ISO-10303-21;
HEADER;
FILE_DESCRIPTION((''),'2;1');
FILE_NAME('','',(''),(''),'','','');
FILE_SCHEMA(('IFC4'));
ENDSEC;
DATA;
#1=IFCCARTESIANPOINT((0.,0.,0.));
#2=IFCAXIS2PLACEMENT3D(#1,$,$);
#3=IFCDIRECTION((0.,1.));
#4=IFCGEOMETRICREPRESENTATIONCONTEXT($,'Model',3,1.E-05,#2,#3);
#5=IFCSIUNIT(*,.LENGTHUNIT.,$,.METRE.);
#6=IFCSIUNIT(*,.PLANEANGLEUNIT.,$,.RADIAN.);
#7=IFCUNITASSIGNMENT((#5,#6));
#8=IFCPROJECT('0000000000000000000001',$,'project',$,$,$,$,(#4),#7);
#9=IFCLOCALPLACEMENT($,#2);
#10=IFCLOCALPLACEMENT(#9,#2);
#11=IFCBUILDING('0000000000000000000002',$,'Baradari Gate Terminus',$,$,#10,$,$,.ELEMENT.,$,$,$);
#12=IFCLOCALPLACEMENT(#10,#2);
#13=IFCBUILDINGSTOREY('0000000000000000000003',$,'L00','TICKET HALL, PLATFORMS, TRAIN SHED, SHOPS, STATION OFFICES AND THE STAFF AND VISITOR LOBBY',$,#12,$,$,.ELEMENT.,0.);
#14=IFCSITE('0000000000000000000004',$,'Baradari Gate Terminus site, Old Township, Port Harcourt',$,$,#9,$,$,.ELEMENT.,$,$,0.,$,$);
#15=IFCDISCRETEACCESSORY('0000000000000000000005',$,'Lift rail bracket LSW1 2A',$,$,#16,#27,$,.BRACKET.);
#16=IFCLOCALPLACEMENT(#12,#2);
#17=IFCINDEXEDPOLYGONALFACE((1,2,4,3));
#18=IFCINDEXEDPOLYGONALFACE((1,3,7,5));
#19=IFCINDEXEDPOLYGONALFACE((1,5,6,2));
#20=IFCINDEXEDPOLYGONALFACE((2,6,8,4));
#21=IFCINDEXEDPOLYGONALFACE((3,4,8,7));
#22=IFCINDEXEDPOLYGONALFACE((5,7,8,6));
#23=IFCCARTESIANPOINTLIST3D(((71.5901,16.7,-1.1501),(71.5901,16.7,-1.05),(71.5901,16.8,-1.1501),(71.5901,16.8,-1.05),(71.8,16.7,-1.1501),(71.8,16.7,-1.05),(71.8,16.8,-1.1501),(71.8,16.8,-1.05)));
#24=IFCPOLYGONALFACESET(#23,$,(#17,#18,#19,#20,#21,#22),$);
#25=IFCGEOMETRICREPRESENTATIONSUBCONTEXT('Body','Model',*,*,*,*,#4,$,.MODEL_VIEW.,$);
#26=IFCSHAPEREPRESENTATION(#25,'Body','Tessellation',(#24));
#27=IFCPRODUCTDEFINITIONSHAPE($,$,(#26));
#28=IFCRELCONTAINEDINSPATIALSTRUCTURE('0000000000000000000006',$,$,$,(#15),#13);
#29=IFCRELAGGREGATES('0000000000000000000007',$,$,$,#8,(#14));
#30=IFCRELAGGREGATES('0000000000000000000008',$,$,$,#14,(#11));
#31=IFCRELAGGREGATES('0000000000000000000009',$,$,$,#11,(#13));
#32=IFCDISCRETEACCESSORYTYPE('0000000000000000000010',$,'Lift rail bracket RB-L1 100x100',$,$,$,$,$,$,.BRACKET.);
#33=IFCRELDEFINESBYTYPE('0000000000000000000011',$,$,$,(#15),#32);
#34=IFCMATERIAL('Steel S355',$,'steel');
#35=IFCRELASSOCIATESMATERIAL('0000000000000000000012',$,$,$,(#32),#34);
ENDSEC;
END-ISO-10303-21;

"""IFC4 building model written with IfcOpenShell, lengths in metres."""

from ifc_helpers import new_model, si_unit, direction, frame, origin, origin_2d, place, context, subcontext, project, spatial, rectangle, extrude, material, type_object, element, save


model = new_model("IFC4")

# Units and contexts
model_context = context("Model", 3, precision=1e-05, world=origin(), true_north=direction((0.0, 1.0)))
body_context = subcontext(model_context, "Body", "Model", "MODEL_VIEW")
ifc_project = project(units=[si_unit("LENGTHUNIT", "METRE"), si_unit("PLANEANGLEUNIT", "RADIAN")], contexts=[model_context])

# Site, building, storey
site_placement = place(None, origin())
site = spatial("IfcSite", under=ifc_project, at=site_placement, Name="Baradari Gate Terminus site, Old Township, Port Harcourt", CompositionType="ELEMENT", RefElevation=0.0)
building_placement = place(site_placement, origin())
building = spatial("IfcBuilding", under=site, at=building_placement, Name="Baradari Gate Terminus", CompositionType="ELEMENT")
storey_placement = place(building_placement, origin())
storey = spatial("IfcBuildingStorey", under=building, at=storey_placement, Name="L00", Description="TICKET HALL, PLATFORMS, TRAIN SHED, SHOPS, STATION OFFICES AND THE STAFF AND VISITOR LOBBY", CompositionType="ELEMENT", Elevation=0.0)

# Discrete accessory
ifc_material_1 = material(Name="Steel S355", Category="steel")
discrete_accessory_type_1 = type_object("IfcDiscreteAccessoryType", Name="Lift rail bracket RB-L1 100x100", PredefinedType="BRACKET", material=ifc_material_1)
for number, where, z_axis, x_axis, name in (
    (1, (71.6951, 16.75, -1.1501), (0.0, 0.0, 1.0), (1.0, 0.0, 0.0), "Lift rail bracket LSW1 2A"),
):
    element("IfcDiscreteAccessory", number, at=place(storey_placement, frame(where, z_axis=z_axis, x_axis=x_axis)), inside=storey, type_object=discrete_accessory_type_1, Name=name, PredefinedType="BRACKET", context=body_context, shape_type="SweptSolid", body=[
        extrude(rectangle(XDim=0.21, YDim=0.1001, at=origin_2d()), origin(), (0.0, 0.0, 1.0), 0.1001),
    ])

save(model, "model.ifc")
